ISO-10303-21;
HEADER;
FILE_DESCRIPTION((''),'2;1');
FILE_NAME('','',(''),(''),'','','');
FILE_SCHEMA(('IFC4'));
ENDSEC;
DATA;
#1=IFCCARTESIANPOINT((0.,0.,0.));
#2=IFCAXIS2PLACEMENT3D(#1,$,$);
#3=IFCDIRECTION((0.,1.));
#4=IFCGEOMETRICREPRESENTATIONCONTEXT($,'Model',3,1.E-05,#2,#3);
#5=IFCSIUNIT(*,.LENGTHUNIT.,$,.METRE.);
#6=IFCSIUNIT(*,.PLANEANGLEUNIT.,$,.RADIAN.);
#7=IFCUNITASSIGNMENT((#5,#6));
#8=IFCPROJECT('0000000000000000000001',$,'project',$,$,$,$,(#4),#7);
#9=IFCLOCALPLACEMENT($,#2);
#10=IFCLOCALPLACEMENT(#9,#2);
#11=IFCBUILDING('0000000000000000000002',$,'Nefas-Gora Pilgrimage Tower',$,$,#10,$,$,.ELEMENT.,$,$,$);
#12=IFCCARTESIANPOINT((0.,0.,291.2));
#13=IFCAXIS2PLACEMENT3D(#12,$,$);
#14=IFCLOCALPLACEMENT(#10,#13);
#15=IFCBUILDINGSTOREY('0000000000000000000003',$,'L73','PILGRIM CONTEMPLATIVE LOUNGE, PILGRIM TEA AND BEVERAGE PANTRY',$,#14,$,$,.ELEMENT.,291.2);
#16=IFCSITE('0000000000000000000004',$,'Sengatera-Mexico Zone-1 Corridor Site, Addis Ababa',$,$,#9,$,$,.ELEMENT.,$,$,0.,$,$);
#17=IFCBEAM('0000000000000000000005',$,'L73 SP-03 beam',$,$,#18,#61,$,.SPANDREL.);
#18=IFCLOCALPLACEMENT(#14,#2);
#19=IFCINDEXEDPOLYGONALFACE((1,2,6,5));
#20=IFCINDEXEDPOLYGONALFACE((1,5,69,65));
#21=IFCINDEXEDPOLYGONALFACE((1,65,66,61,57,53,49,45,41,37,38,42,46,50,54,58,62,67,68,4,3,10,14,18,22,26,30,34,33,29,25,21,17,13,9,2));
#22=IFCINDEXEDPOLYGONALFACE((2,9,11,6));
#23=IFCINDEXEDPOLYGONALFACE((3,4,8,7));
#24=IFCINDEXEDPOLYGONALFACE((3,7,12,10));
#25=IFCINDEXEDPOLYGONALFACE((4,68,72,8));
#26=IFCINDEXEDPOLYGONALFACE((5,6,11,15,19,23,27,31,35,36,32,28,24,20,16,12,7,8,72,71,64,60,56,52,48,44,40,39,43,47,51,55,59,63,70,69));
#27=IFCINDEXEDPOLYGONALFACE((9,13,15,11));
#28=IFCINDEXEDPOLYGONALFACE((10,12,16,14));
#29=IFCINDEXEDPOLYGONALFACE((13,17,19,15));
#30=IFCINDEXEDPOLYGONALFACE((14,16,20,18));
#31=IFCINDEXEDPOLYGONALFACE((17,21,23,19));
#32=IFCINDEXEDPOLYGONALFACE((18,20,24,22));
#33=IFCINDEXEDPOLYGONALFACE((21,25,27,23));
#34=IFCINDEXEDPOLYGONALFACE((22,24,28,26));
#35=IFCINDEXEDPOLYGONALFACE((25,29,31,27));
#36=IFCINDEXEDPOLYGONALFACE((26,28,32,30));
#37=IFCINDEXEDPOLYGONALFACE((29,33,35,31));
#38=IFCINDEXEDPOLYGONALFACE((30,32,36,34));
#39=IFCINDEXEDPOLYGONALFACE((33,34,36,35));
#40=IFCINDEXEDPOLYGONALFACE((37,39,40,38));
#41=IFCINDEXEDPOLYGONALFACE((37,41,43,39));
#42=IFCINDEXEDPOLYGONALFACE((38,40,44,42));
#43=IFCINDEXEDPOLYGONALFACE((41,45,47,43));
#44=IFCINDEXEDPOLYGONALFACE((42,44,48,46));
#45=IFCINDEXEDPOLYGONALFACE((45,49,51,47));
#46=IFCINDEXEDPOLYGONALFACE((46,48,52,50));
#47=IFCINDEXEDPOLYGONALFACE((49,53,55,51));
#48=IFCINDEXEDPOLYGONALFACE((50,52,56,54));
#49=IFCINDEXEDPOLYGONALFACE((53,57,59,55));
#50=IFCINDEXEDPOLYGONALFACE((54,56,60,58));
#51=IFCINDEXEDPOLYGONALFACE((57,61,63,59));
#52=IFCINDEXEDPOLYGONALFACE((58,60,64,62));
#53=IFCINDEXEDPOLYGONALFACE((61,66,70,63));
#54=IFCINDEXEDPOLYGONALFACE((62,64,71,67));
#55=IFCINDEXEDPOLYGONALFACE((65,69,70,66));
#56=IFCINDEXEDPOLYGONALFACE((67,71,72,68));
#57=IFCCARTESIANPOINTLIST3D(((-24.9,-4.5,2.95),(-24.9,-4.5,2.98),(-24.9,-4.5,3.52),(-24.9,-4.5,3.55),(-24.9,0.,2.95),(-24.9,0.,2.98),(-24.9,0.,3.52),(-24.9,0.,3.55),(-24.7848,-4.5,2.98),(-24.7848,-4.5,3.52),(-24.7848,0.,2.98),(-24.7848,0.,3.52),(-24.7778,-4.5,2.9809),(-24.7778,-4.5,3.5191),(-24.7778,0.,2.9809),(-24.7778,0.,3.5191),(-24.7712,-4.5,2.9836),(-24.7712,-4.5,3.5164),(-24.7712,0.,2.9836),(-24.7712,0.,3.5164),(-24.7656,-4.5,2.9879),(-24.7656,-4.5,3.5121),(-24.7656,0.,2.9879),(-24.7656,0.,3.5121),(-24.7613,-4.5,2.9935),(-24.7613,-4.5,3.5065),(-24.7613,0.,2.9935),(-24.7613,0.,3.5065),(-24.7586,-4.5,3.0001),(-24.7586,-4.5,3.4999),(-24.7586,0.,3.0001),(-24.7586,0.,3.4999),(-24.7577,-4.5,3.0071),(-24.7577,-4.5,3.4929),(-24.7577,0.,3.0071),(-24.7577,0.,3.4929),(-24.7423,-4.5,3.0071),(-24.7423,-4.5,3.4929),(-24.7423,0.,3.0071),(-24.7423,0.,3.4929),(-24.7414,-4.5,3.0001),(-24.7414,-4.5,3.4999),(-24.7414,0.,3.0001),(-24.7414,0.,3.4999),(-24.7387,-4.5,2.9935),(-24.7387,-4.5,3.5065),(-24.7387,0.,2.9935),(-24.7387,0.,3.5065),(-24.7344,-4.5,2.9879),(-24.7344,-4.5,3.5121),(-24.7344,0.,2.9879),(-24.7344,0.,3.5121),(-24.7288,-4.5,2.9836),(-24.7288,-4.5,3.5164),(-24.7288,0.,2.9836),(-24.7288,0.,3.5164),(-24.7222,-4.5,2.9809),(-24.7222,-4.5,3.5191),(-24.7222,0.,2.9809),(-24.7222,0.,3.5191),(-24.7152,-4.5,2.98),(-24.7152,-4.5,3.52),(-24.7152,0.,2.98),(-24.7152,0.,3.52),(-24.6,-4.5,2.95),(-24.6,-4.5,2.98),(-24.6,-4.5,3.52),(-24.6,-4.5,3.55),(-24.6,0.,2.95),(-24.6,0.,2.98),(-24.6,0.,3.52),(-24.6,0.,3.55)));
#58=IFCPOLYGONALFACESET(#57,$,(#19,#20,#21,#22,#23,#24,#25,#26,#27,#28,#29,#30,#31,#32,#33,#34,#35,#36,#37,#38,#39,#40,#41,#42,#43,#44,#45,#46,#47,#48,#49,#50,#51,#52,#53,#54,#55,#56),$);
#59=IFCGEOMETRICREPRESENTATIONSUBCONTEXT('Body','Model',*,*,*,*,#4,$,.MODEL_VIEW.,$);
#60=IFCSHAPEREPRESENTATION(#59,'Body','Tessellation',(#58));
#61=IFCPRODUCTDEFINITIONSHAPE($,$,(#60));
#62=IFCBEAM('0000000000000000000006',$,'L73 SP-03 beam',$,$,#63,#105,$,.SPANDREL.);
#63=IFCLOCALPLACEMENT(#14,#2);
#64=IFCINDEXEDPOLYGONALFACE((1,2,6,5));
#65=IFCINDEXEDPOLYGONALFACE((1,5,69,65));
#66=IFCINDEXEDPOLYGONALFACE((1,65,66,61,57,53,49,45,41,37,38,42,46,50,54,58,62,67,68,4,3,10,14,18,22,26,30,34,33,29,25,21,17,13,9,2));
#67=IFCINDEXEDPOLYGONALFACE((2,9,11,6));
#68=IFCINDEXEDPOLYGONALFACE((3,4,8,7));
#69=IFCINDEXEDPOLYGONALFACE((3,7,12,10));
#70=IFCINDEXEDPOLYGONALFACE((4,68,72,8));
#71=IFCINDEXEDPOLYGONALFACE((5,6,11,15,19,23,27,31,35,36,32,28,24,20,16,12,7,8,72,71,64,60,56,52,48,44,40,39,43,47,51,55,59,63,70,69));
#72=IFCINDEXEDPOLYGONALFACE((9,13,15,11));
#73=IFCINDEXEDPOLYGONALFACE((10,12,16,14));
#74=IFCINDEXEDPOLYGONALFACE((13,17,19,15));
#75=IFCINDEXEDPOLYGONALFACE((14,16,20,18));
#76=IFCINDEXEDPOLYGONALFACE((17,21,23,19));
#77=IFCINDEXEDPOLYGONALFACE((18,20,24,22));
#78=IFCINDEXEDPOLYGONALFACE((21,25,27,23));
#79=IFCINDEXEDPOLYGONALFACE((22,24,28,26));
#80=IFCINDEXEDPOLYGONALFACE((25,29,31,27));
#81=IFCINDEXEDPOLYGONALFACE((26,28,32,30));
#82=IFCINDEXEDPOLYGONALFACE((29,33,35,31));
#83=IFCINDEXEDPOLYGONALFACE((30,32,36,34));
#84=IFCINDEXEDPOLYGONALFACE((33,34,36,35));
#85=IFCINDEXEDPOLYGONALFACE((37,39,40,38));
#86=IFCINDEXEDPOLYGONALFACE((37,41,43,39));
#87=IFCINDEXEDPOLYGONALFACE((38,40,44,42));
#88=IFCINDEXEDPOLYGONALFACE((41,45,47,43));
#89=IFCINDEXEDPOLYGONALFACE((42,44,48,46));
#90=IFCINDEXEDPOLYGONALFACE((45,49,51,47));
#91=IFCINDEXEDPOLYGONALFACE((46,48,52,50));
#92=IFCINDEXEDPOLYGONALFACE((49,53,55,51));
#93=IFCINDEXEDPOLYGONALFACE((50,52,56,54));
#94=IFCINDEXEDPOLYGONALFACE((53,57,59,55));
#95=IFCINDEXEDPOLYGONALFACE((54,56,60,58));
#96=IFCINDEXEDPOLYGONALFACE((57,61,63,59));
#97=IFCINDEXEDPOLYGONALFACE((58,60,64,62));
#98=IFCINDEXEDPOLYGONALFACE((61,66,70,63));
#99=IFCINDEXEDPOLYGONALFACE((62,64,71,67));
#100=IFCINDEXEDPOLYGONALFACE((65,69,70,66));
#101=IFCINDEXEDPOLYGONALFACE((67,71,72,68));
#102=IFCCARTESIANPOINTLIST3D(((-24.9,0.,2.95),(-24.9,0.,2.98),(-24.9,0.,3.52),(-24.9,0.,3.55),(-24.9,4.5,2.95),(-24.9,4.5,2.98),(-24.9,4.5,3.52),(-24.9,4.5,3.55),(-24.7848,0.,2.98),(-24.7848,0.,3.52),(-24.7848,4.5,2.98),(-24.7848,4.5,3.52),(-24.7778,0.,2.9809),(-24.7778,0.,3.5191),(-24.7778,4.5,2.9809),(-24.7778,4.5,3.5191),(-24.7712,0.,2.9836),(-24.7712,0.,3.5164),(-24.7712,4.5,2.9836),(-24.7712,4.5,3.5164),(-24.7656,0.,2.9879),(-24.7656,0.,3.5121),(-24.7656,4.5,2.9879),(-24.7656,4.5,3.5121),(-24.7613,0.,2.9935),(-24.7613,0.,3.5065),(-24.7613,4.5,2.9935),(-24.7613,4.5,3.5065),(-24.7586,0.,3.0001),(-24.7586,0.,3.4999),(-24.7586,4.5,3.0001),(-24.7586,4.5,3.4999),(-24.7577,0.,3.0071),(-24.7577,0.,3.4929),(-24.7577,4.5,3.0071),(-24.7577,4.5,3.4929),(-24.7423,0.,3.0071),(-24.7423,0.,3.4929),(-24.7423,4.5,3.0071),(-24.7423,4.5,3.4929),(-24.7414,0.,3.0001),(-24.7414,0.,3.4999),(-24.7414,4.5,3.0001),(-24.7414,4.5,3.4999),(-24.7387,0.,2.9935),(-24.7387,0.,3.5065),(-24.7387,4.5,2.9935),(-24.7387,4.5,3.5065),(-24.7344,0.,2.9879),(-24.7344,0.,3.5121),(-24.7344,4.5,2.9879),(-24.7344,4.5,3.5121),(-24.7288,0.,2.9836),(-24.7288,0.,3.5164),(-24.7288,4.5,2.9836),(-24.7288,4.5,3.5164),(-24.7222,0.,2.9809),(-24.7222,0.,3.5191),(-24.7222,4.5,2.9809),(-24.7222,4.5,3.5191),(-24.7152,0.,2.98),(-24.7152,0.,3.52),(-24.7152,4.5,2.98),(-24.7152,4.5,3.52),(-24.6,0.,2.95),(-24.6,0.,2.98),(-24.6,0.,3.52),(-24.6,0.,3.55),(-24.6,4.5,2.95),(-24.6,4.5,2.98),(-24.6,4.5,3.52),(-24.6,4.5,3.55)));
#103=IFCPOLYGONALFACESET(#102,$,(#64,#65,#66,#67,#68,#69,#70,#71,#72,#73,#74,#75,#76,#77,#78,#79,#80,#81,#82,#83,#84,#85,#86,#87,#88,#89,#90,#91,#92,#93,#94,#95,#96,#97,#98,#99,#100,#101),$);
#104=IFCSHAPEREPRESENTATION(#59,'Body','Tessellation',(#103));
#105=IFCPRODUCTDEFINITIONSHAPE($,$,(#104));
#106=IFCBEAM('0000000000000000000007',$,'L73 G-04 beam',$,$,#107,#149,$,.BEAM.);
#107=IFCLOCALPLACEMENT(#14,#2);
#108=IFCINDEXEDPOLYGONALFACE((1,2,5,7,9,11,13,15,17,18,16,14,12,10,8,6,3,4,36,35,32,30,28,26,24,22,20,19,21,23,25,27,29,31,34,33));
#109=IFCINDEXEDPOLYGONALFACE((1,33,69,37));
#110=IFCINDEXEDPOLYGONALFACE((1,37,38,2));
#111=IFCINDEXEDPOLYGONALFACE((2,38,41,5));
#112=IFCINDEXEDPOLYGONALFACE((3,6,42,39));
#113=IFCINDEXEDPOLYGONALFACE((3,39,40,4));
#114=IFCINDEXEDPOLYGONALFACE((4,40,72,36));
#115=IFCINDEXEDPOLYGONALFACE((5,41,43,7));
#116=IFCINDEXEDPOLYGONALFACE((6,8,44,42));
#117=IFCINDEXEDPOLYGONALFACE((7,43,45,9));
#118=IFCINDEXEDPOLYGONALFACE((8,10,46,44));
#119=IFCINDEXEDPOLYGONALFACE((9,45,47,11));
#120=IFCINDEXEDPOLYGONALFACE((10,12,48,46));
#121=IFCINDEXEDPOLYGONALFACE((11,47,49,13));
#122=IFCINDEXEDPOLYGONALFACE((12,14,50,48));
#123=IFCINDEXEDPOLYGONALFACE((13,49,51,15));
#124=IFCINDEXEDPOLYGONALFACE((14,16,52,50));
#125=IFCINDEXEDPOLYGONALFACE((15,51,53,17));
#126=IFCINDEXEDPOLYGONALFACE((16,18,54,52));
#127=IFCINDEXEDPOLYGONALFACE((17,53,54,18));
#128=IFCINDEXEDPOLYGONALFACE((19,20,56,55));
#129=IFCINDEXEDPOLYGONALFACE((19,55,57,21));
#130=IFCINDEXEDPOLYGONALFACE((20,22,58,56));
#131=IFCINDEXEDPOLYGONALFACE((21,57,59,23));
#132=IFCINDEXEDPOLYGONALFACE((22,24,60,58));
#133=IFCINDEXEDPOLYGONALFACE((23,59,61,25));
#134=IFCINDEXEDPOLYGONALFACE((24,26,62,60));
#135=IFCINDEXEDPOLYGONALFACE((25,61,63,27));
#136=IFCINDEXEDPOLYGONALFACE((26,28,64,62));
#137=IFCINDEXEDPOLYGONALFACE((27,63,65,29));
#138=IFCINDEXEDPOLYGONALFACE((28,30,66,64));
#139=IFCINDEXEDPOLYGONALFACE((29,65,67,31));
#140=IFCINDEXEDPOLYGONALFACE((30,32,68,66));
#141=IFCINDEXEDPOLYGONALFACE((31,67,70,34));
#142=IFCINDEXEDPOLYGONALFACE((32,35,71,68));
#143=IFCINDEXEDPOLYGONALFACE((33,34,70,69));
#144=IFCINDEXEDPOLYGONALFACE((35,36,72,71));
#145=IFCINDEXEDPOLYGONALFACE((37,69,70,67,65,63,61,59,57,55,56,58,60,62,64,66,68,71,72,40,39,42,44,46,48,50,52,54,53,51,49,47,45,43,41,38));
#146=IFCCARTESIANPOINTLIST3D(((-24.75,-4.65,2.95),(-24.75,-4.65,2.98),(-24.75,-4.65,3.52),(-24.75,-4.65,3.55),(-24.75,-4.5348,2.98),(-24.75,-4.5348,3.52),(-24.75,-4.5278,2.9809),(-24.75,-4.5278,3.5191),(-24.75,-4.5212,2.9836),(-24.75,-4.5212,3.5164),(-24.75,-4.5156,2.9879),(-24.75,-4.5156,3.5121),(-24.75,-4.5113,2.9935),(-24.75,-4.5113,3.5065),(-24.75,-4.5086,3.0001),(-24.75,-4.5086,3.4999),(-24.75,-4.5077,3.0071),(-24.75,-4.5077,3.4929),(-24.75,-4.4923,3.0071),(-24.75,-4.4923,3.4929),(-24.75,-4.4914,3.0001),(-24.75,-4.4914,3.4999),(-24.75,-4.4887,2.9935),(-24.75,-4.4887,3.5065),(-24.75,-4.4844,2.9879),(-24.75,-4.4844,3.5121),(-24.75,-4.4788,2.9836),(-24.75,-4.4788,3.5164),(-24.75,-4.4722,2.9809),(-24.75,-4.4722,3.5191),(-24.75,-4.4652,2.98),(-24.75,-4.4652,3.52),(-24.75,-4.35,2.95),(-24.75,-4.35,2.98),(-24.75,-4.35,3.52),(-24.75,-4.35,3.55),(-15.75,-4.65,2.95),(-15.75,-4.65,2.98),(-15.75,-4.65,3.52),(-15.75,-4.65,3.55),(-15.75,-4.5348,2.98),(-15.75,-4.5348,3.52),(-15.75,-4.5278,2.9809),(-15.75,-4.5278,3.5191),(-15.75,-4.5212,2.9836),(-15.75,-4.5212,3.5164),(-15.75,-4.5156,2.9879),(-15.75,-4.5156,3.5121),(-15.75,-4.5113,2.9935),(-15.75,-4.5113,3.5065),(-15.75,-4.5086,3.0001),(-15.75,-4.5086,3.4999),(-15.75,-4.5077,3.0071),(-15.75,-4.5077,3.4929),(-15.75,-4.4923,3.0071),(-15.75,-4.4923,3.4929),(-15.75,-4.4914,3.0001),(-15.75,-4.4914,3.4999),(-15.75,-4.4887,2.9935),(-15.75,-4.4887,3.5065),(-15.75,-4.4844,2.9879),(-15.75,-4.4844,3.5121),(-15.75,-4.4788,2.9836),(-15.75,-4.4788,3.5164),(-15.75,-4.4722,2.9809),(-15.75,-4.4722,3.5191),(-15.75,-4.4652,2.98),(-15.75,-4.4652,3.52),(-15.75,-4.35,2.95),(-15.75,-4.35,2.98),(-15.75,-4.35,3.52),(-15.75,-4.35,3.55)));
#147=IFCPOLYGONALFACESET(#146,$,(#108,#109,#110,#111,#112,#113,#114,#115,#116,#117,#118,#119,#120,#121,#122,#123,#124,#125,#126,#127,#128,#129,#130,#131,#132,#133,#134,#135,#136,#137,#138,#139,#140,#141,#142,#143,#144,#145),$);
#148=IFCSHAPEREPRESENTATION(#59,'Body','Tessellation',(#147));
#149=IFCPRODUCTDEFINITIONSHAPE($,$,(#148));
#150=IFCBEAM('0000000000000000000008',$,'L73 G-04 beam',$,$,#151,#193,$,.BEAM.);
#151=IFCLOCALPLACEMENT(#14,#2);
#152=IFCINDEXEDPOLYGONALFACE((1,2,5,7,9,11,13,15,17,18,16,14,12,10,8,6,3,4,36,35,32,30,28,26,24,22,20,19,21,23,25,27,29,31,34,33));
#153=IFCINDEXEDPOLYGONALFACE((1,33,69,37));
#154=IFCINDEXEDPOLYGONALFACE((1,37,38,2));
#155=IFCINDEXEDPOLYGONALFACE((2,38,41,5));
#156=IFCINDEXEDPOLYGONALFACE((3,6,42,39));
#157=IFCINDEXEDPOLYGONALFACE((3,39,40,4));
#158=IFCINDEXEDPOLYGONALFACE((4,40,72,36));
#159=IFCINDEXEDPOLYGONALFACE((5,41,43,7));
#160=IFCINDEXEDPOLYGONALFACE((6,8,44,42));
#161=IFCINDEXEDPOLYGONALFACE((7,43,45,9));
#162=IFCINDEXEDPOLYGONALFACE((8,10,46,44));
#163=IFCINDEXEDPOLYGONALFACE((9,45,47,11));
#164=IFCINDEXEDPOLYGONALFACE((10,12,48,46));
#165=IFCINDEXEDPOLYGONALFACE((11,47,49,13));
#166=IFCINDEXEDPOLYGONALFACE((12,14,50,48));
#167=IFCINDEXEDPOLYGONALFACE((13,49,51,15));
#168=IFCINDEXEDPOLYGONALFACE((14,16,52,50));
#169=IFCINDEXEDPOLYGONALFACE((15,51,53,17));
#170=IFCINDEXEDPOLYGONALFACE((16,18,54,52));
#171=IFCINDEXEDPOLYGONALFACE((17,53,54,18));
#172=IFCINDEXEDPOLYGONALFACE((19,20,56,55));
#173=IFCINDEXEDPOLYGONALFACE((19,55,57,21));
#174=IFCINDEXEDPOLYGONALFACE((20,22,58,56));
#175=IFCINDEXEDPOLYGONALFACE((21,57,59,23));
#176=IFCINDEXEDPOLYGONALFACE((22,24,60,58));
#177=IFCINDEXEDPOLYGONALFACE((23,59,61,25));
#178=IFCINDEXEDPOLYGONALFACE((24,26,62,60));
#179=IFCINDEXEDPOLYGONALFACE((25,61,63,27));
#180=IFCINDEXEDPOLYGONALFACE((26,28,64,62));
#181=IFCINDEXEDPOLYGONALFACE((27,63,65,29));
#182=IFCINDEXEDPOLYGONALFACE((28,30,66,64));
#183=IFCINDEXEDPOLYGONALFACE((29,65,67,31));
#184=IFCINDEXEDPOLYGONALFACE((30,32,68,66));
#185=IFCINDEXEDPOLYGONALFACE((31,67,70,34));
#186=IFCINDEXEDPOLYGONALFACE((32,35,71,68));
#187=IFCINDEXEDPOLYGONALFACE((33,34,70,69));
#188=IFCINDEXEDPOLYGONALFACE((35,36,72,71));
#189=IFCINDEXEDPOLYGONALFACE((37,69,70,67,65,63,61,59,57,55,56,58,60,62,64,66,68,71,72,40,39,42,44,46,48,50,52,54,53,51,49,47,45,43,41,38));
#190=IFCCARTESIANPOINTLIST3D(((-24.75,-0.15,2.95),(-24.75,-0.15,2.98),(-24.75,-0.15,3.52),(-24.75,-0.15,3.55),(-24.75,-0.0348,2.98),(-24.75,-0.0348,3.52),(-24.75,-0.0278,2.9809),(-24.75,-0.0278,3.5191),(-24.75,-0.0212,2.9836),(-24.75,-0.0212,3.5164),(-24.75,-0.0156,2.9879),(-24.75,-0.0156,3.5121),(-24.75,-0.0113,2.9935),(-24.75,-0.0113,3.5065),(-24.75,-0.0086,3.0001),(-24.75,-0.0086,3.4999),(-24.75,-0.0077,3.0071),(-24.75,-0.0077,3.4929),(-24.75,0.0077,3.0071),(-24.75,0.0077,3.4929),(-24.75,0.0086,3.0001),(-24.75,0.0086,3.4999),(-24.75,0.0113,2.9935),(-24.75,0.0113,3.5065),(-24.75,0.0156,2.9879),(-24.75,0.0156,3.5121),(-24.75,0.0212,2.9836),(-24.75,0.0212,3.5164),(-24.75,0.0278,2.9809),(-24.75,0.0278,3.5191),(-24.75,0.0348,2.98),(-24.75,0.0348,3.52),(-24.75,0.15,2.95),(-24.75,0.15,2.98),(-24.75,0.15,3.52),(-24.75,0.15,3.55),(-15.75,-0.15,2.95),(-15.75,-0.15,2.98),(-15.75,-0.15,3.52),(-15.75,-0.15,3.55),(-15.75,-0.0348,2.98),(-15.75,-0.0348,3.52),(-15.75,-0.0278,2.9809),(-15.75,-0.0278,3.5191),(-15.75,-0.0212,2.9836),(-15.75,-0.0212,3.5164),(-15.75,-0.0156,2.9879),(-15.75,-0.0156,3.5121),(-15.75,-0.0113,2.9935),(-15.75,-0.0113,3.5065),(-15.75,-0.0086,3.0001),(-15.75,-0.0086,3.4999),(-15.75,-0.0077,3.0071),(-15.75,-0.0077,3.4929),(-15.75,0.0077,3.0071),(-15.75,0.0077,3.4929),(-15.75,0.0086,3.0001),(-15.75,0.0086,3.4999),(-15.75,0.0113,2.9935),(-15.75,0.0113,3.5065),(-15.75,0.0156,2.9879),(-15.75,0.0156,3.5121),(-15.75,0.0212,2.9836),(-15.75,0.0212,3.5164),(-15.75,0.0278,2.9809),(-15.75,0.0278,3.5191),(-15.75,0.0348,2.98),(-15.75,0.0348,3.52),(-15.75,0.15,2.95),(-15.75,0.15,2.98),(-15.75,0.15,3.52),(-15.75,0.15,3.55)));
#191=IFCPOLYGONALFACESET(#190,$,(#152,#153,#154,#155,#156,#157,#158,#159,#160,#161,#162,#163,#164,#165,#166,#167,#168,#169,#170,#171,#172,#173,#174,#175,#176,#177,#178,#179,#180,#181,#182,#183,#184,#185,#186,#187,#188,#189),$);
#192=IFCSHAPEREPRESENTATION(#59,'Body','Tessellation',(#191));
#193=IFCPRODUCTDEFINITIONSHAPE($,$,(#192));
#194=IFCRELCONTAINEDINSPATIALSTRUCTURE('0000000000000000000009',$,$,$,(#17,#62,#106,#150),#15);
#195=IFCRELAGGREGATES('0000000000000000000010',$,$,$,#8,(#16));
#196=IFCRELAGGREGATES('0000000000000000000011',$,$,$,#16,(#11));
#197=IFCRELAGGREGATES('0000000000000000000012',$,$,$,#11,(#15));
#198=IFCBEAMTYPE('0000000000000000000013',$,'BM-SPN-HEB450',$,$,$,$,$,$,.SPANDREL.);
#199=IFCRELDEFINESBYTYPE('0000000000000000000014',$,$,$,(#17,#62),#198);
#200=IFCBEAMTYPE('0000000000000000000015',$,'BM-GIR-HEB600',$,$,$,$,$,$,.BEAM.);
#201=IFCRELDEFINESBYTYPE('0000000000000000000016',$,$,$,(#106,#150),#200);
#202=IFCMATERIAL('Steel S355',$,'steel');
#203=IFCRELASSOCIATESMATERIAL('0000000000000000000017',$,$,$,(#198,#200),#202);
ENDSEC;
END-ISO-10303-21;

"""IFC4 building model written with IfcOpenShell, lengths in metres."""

from ifc_helpers import new_model, si_unit, direction, frame, origin, origin_2d, place, context, subcontext, project, spatial, i_section, extrude, source, transform, mapped, material, material_profile, profile_set, type_object, element, save


model = new_model("IFC4")

# Units and contexts
model_context = context("Model", 3, precision=1e-05, world=origin(), true_north=direction((0.0, 1.0)))
body_context = subcontext(model_context, "Body", "Model", "MODEL_VIEW")
ifc_project = project(units=[si_unit("LENGTHUNIT", "METRE"), si_unit("PLANEANGLEUNIT", "RADIAN")], contexts=[model_context])

# Site, building, storey
site_placement = place(None, origin())
site = spatial("IfcSite", under=ifc_project, at=site_placement, Name="Sengatera-Mexico Zone-1 Corridor Site, Addis Ababa", CompositionType="ELEMENT", RefElevation=0.0)
building_placement = place(site_placement, origin())
building = spatial("IfcBuilding", under=site, at=building_placement, Name="Nefas-Gora Pilgrimage Tower", CompositionType="ELEMENT")
storey_placement = place(building_placement, frame((0.0, 0.0, 291.2)))
storey = spatial("IfcBuildingStorey", under=building, at=storey_placement, Name="L73", Description="PILGRIM CONTEMPLATIVE LOUNGE, PILGRIM TEA AND BEVERAGE PANTRY", CompositionType="ELEMENT", Elevation=291.2)

# Shared definitions
ifc_material_1 = material(Name="Steel S355", Category="steel")

# Beams
ifc_material_profile_1 = material_profile(ifc_material_1, i_section(OverallWidth=0.3, OverallDepth=0.6001, WebThickness=0.0154, FlangeThickness=0.03, FilletRadius=0.0271, at=origin_2d()), Name="HEB 600")
ifc_profile_set_1 = profile_set([ifc_material_profile_1], Name="Steel S355")
beam_type_1 = type_object("IfcBeamType", Name="BM-SPN-HEB450", PredefinedType="SPANDREL", material=ifc_profile_set_1)
shared_shape_1 = source(origin(), body_context, "Body", "SweptSolid", [
    extrude(i_section(OverallWidth=0.3, OverallDepth=0.6001, WebThickness=0.0154, FlangeThickness=0.03, FilletRadius=0.0271, at=origin_2d()), origin(), (0.0, 0.0, 1.0), 4.5),
])
for number, where, z_axis, x_axis, name in (
    (1, (-24.75, -4.5, 3.25), (0.0, 1.0, 0.0), (-1.0, 0.0, 0.0), "L73 SP-03 beam"),
    (2, (-24.75, 0.0, 3.25), (0.0, 1.0, 0.0), (-1.0, 0.0, 0.0), "L73 SP-03 beam"),
):
    element("IfcBeam", number, at=place(storey_placement, frame(where, z_axis=z_axis, x_axis=x_axis)), inside=storey, type_object=beam_type_1, Name=name, PredefinedType="SPANDREL", context=body_context, shape_type="MappedRepresentation", body=[
        mapped(shared_shape_1, transform((0.0, 0.0, 0.0), x_axis=(1.0, 0.0, 0.0), y_axis=(0.0, 1.0, 0.0), z_axis=(0.0, 0.0, 1.0), scale=1.0)),
    ])
ifc_material_profile_2 = material_profile(ifc_material_1, i_section(OverallWidth=0.3, OverallDepth=0.6001, WebThickness=0.0154, FlangeThickness=0.03, FilletRadius=0.0271, at=origin_2d()), Name="HEB 600")
ifc_profile_set_2 = profile_set([ifc_material_profile_2], Name="Steel S355")
beam_type_2 = type_object("IfcBeamType", Name="BM-GIR-HEB600", PredefinedType="BEAM", material=ifc_profile_set_2)
shared_shape_2 = source(origin(), body_context, "Body", "SweptSolid", [
    extrude(i_section(OverallWidth=0.3, OverallDepth=0.6001, WebThickness=0.0154, FlangeThickness=0.03, FilletRadius=0.0271, at=origin_2d()), origin(), (0.0, 0.0, 1.0), 9.0),
])
for number, where, z_axis, x_axis, name in (
    (3, (-24.75, -4.5, 3.25), (1.0, 0.0, 0.0), (0.0, 1.0, 0.0), "L73 G-04 beam"),
    (4, (-24.75, 0.0, 3.25), (1.0, 0.0, 0.0), (0.0, 1.0, 0.0), "L73 G-04 beam"),
):
    element("IfcBeam", number, at=place(storey_placement, frame(where, z_axis=z_axis, x_axis=x_axis)), inside=storey, type_object=beam_type_2, Name=name, PredefinedType="BEAM", context=body_context, shape_type="MappedRepresentation", body=[
        mapped(shared_shape_2, transform((0.0, 0.0, 0.0), x_axis=(1.0, 0.0, 0.0), y_axis=(0.0, 1.0, 0.0), z_axis=(0.0, 0.0, 1.0), scale=1.0)),
    ])

save(model, "model.ifc")
